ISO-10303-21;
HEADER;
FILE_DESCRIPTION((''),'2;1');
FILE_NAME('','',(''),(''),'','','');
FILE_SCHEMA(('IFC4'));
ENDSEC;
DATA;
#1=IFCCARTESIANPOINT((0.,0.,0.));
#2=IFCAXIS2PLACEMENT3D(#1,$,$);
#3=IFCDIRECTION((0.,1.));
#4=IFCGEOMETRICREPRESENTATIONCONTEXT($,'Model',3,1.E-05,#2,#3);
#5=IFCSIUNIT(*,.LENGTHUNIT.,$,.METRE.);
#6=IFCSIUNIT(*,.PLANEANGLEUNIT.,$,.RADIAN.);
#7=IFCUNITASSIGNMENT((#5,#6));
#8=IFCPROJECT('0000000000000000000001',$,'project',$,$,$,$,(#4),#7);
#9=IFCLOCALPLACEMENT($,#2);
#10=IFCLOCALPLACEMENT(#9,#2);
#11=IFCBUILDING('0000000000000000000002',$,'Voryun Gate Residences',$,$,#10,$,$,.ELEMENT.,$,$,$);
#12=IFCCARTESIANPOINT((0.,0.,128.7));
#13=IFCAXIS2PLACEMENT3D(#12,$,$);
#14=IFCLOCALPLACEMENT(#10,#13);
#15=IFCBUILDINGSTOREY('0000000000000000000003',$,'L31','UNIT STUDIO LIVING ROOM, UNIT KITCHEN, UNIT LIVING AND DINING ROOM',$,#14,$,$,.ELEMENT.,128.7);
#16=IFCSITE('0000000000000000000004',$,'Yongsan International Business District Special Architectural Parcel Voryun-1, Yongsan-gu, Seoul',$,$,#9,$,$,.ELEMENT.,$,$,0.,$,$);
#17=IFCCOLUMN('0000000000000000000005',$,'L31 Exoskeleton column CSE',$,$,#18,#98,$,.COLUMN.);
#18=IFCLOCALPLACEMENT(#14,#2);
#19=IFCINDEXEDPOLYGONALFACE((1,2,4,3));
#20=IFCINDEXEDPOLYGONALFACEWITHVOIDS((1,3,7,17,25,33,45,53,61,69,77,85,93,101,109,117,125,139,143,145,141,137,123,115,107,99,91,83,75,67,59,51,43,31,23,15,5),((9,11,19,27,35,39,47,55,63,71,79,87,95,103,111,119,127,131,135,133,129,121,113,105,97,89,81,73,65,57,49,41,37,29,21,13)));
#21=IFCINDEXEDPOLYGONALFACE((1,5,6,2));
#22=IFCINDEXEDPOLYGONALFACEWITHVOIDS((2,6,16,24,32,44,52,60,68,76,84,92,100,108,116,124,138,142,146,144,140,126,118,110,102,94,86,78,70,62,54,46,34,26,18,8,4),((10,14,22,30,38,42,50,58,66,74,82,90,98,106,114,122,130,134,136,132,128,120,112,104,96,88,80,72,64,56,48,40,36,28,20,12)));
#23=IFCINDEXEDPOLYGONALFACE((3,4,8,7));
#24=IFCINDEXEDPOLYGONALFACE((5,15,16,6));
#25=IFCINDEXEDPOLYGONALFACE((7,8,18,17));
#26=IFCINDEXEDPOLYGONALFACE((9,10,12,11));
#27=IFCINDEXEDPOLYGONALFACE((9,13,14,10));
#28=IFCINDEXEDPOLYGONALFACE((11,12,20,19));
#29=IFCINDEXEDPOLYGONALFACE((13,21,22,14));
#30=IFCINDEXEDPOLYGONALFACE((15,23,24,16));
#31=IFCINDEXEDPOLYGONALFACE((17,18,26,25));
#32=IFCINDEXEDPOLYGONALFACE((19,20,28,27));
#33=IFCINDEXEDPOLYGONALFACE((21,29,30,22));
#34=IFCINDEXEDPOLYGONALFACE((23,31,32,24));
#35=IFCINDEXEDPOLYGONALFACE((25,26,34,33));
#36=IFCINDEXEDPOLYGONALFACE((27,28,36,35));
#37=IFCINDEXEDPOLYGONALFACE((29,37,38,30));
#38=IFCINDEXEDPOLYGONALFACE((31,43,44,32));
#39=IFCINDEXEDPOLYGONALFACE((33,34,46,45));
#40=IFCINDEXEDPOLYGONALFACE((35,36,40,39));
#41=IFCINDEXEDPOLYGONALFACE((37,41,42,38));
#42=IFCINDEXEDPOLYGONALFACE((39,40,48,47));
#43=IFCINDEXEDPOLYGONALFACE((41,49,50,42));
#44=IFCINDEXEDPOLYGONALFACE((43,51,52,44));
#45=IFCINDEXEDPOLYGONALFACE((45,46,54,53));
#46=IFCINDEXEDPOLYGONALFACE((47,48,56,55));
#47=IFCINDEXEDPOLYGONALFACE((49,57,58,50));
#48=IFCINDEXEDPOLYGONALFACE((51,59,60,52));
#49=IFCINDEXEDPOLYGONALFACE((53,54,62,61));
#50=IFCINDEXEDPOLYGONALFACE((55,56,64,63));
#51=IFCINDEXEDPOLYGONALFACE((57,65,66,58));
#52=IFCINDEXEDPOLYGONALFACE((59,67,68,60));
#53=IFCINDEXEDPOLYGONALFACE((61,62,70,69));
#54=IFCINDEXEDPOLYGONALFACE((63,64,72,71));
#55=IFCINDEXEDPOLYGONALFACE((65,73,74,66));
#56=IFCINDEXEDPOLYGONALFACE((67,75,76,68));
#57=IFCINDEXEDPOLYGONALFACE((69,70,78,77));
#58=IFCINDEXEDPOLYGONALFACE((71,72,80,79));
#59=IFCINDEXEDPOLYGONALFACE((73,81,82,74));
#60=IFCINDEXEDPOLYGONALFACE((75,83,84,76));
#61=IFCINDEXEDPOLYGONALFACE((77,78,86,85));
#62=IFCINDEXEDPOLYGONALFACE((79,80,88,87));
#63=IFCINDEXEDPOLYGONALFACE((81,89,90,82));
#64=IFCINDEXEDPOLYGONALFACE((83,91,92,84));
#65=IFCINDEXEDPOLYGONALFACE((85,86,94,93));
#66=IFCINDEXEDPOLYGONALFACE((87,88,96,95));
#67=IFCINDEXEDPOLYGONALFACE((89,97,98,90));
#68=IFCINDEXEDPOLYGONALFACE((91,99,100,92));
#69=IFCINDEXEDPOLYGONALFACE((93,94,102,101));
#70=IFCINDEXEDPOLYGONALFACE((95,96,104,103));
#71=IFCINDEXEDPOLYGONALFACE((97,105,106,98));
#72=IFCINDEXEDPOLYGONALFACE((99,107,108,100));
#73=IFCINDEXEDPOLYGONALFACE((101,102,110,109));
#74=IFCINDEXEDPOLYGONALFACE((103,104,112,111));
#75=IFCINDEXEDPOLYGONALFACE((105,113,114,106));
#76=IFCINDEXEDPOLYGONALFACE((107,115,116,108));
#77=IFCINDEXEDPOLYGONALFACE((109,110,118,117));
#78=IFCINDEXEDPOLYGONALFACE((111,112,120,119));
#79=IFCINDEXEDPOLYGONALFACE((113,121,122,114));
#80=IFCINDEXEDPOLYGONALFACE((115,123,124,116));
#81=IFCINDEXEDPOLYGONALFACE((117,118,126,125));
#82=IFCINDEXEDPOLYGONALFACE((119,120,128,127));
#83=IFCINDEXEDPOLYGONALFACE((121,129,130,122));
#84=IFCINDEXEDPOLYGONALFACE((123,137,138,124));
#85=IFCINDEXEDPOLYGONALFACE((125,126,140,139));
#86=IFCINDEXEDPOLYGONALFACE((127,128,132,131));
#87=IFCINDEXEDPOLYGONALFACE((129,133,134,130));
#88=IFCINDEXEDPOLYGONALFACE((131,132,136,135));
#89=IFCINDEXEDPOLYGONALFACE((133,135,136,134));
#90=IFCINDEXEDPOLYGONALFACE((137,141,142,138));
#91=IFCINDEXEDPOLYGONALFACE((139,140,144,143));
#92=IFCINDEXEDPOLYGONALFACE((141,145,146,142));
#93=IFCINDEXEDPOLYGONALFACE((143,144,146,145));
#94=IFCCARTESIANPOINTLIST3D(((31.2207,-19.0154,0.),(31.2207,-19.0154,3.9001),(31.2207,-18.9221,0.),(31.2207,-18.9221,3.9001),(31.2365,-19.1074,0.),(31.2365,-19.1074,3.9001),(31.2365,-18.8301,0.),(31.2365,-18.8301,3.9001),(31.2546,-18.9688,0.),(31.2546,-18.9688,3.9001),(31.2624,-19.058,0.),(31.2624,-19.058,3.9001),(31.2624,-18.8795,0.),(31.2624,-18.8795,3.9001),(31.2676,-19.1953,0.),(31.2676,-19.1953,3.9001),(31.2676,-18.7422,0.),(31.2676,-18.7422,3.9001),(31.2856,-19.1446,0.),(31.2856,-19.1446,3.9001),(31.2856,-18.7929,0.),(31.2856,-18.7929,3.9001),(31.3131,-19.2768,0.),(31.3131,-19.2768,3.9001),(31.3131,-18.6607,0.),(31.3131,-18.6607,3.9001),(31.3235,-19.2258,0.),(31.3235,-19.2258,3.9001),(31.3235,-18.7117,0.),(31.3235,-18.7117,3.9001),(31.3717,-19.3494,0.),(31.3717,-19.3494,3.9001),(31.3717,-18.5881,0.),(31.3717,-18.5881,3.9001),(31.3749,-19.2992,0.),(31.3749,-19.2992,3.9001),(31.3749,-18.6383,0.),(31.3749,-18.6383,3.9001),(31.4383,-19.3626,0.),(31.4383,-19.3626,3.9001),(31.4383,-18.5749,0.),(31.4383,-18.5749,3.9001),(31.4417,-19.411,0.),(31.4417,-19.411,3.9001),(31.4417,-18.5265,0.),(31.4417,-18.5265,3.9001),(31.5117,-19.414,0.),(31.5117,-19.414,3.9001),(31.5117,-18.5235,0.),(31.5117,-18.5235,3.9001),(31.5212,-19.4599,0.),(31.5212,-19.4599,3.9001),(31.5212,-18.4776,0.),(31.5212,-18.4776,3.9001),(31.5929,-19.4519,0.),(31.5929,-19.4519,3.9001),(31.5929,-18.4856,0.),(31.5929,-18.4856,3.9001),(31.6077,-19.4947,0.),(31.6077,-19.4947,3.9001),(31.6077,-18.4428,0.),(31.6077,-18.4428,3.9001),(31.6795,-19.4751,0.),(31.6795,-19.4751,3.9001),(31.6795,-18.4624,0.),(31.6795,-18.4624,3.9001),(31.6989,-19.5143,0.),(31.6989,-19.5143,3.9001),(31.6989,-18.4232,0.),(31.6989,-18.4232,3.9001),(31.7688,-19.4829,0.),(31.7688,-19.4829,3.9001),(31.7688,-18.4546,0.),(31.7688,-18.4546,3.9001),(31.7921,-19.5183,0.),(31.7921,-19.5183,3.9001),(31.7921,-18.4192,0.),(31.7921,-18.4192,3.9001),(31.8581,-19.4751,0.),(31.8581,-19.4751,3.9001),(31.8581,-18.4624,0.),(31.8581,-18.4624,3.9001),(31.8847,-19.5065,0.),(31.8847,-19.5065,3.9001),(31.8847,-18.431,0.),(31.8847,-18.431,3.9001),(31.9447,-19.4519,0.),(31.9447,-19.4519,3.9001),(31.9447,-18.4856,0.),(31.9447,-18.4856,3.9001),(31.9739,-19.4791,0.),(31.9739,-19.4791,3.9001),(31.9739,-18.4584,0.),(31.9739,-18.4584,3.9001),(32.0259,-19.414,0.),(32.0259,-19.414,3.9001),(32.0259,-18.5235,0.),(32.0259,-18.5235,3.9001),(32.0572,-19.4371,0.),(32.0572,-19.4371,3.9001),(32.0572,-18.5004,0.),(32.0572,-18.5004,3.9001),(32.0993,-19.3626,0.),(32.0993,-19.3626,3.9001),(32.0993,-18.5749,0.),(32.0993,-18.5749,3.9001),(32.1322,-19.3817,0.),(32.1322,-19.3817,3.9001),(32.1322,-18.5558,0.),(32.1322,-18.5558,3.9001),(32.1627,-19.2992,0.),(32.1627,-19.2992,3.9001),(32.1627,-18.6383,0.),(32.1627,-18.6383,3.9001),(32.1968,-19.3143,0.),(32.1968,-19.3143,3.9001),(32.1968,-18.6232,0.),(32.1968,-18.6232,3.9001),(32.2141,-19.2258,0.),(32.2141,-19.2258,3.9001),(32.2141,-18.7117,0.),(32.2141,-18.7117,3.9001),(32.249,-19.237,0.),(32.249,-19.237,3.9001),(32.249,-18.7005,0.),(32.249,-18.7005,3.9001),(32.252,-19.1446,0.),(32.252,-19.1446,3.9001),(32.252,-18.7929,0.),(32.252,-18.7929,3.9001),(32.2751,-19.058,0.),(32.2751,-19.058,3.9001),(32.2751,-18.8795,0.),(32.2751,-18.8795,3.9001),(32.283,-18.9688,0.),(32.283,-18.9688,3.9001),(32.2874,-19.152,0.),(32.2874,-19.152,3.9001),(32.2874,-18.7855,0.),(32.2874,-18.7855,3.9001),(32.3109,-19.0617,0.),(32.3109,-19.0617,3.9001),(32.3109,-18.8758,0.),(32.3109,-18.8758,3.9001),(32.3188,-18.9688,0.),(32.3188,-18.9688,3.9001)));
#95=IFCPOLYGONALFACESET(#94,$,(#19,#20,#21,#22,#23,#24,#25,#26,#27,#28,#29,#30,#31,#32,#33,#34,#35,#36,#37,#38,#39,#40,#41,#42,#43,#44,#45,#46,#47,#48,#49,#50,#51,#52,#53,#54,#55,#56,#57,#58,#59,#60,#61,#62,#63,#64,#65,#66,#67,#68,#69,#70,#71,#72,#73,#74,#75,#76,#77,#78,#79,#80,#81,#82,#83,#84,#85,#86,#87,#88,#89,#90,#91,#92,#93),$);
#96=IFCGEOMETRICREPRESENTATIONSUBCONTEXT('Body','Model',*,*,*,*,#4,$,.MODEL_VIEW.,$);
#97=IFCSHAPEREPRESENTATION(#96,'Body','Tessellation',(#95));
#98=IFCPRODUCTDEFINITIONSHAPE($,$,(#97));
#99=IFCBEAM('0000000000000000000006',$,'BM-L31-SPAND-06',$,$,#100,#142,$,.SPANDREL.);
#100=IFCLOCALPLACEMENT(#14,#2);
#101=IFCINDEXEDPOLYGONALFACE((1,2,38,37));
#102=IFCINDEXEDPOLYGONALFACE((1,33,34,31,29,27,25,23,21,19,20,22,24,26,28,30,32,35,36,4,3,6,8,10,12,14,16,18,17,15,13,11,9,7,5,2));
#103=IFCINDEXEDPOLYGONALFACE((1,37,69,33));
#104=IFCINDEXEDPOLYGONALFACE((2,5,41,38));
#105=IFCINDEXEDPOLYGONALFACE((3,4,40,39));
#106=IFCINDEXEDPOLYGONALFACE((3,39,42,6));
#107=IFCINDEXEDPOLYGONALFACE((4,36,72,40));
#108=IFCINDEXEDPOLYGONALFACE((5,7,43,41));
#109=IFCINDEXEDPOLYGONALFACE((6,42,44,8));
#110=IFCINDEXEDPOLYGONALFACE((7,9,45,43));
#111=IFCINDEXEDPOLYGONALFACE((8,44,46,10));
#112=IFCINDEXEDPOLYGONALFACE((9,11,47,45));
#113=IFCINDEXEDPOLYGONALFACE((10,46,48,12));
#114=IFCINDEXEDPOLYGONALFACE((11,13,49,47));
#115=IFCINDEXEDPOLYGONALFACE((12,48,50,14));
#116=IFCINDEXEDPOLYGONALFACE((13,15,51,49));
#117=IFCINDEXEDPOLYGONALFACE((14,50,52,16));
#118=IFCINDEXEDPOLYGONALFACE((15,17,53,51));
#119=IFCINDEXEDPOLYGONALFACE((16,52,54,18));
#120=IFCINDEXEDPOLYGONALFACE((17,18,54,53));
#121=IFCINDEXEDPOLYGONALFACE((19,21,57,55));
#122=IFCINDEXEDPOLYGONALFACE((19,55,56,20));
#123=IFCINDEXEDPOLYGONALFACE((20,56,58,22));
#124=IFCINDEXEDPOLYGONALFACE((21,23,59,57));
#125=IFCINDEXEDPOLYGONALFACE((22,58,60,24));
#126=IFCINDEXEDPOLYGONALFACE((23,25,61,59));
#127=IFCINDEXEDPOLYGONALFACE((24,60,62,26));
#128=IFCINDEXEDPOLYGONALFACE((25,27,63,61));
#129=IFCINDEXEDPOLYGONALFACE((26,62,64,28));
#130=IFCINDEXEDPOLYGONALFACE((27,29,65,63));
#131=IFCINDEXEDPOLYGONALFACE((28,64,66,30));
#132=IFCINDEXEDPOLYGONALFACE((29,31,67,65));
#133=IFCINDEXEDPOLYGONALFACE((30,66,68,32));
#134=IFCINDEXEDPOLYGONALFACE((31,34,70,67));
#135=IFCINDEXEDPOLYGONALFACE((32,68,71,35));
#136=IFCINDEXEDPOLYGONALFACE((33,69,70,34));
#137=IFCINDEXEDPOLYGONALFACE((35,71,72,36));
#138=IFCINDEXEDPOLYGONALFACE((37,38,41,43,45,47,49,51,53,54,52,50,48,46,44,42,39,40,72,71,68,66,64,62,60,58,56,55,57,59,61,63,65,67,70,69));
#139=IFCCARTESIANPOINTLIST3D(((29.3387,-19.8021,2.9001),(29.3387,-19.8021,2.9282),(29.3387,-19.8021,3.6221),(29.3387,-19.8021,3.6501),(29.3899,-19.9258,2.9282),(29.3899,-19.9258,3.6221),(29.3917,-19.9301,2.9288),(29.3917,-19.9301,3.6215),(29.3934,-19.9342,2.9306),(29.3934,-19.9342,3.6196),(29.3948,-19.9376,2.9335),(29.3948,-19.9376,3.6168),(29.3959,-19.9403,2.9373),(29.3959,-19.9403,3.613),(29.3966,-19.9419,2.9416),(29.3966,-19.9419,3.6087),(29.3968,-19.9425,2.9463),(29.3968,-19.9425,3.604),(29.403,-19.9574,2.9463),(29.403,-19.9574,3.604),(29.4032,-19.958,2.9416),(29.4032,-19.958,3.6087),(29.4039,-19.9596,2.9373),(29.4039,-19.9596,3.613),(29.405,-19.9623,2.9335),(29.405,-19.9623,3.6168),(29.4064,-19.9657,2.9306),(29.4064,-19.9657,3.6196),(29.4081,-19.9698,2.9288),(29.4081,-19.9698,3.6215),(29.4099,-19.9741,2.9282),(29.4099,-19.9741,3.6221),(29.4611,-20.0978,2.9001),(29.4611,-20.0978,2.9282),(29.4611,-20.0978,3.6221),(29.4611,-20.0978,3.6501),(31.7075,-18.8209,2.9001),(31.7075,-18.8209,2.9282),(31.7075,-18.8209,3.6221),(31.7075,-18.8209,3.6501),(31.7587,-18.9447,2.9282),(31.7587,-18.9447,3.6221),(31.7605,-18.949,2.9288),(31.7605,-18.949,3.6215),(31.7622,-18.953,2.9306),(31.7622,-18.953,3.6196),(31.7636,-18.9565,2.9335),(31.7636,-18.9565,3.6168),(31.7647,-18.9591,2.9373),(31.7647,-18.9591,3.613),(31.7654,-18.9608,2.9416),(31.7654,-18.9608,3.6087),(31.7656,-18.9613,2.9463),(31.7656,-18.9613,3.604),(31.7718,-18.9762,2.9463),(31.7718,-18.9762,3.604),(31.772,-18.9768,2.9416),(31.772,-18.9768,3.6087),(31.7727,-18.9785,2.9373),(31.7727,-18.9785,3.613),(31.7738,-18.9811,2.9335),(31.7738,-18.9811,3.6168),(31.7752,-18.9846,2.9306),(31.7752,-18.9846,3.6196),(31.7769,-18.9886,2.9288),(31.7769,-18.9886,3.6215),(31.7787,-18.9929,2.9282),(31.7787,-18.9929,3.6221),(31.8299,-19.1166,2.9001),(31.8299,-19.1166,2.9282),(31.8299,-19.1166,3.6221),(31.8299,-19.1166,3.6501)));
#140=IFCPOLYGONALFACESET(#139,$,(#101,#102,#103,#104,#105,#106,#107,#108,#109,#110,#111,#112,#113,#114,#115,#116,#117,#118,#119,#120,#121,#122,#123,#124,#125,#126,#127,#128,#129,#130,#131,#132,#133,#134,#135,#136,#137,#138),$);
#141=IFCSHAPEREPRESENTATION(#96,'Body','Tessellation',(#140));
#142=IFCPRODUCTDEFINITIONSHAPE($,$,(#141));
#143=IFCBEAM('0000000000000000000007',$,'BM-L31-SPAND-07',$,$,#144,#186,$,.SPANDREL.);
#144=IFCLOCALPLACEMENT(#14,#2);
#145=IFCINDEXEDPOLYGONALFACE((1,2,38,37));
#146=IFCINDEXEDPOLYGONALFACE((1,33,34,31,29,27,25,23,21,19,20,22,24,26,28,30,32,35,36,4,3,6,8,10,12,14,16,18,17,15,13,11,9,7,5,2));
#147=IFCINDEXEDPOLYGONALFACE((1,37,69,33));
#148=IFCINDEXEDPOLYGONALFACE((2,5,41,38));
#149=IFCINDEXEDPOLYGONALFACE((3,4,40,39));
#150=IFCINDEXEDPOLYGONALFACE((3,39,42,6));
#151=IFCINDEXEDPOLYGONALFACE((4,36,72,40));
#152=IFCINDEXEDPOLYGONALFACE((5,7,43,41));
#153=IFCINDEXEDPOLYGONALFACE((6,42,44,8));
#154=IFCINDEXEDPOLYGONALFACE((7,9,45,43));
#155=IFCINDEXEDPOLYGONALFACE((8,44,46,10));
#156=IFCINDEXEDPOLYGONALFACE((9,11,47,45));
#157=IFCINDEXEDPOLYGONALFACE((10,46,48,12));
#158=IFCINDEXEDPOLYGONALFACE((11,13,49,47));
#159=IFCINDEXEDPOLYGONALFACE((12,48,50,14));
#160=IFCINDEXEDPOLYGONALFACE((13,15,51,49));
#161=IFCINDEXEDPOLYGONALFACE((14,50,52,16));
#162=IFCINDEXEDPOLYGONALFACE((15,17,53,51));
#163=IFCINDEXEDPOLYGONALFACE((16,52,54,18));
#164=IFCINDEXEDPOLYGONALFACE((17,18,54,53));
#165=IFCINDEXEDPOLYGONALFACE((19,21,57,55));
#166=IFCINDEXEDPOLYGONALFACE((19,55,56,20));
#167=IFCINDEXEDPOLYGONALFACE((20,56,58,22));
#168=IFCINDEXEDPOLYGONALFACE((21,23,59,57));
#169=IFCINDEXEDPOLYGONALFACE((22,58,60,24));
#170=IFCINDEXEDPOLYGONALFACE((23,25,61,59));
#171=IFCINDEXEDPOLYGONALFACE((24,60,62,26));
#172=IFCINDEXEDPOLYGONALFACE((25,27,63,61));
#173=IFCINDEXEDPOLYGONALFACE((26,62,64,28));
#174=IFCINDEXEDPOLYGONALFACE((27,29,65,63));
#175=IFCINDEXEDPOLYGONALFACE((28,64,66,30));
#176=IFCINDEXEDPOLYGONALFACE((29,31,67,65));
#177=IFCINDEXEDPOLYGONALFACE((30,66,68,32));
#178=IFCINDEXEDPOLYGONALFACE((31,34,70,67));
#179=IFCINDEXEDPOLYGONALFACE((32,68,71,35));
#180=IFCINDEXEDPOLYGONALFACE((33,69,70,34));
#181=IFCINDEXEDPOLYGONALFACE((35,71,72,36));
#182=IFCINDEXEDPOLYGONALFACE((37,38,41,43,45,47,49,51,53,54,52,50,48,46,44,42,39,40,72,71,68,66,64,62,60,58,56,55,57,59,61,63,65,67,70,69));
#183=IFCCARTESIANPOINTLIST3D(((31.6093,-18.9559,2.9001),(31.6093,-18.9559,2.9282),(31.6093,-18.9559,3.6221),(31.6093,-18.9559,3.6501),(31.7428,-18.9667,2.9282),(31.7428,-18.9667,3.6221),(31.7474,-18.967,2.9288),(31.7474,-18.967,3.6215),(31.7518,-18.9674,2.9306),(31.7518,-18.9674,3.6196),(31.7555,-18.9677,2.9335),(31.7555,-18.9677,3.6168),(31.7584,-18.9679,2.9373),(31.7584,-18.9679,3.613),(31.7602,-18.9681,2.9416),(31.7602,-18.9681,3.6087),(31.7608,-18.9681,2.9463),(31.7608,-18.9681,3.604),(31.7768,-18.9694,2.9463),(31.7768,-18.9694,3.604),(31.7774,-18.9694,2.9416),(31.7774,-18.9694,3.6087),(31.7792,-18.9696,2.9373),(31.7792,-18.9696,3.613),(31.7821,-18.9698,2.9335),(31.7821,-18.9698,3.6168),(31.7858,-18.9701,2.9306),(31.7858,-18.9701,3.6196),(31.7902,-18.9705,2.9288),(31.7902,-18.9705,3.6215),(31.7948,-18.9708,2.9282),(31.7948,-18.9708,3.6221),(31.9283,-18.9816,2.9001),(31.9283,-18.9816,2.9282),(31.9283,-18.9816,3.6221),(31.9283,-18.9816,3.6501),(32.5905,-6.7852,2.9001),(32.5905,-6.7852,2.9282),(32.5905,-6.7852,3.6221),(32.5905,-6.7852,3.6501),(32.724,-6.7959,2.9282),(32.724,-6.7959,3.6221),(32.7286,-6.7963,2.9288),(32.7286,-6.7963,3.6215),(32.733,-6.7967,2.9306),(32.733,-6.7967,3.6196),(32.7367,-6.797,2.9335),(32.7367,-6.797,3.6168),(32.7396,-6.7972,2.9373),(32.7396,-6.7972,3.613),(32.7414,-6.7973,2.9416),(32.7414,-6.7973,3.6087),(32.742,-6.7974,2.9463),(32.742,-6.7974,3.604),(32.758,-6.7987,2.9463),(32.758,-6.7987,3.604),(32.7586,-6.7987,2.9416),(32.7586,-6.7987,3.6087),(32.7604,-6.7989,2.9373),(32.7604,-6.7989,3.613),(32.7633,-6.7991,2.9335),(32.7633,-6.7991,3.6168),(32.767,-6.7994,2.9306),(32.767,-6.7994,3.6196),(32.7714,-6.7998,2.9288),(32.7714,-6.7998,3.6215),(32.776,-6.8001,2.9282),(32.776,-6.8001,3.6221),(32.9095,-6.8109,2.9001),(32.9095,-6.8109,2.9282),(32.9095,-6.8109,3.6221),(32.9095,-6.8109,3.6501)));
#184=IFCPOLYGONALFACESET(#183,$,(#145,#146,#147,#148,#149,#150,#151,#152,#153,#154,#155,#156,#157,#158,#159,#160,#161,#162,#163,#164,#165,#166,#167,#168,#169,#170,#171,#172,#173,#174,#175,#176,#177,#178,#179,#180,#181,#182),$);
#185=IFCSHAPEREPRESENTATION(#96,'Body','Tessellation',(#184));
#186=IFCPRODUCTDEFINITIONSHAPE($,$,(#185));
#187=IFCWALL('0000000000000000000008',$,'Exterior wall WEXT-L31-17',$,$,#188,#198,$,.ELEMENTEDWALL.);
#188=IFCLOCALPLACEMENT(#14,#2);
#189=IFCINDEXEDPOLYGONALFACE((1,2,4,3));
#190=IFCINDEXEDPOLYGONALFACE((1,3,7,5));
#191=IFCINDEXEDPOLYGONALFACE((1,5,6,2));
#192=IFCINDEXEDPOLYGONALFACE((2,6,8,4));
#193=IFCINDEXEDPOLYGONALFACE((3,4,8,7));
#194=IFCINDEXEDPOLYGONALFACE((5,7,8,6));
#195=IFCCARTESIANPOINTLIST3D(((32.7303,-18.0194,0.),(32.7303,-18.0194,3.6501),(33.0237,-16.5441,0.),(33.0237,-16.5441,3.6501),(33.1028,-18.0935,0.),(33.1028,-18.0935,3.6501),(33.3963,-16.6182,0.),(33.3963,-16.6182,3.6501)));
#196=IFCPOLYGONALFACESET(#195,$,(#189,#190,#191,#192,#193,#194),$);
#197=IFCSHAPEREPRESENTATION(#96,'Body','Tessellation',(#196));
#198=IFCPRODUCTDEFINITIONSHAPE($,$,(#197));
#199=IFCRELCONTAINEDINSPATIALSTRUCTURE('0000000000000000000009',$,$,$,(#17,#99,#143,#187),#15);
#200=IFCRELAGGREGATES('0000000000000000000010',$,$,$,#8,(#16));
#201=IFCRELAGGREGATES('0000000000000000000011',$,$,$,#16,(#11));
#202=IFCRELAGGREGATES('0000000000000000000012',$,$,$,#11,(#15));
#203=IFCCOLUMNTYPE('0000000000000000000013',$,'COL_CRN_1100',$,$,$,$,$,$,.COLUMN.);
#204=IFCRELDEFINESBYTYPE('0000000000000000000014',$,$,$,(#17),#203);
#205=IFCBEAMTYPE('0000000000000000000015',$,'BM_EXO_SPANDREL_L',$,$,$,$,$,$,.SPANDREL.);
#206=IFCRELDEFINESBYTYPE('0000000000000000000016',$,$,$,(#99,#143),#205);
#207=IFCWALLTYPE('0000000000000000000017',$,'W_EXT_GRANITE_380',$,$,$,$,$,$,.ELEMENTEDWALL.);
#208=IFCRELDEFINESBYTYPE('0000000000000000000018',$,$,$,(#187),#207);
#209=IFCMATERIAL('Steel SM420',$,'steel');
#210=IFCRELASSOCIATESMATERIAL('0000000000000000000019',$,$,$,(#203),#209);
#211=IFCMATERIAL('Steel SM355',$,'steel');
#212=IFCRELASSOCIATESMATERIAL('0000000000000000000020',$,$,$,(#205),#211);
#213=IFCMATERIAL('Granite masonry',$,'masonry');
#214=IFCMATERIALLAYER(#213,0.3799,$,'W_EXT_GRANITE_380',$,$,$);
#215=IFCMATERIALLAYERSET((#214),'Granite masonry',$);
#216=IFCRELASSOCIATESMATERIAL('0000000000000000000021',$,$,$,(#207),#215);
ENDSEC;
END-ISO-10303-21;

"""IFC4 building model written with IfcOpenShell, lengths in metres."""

from ifc_helpers import new_model, si_unit, direction, frame, frame_2d, origin, origin_2d, place, context, subcontext, project, spatial, rectangle, hollow_circle, i_section, extrude, material, layer, layer_set, material_profile, profile_set, type_object, element, save


model = new_model("IFC4")

# Units and contexts
model_context = context("Model", 3, precision=1e-05, world=origin(), true_north=direction((0.0, 1.0)))
body_context = subcontext(model_context, "Body", "Model", "MODEL_VIEW")
ifc_project = project(units=[si_unit("LENGTHUNIT", "METRE"), si_unit("PLANEANGLEUNIT", "RADIAN")], contexts=[model_context])

# Site, building, storey
site_placement = place(None, origin())
site = spatial("IfcSite", under=ifc_project, at=site_placement, Name="Yongsan International Business District Special Architectural Parcel Voryun-1, Yongsan-gu, Seoul", CompositionType="ELEMENT", RefElevation=0.0)
building_placement = place(site_placement, origin())
building = spatial("IfcBuilding", under=site, at=building_placement, Name="Voryun Gate Residences", CompositionType="ELEMENT")
storey_placement = place(building_placement, frame((0.0, 0.0, 128.7)))
storey = spatial("IfcBuildingStorey", under=building, at=storey_placement, Name="L31", Description="UNIT STUDIO LIVING ROOM, UNIT KITCHEN, UNIT LIVING AND DINING ROOM", CompositionType="ELEMENT", Elevation=128.7)

# Column
ifc_material_1 = material(Name="Steel SM420", Category="steel")
ifc_material_profile_1 = material_profile(ifc_material_1, hollow_circle(Radius=0.55, WallThickness=0.0359, at=origin_2d()), Name="CHS-1100x36")
ifc_profile_set_1 = profile_set([ifc_material_profile_1], Name="Steel SM420")
column_type = type_object("IfcColumnType", Name="COL_CRN_1100", PredefinedType="COLUMN", material=ifc_profile_set_1)
column_placement = place(storey_placement, frame((31.7688, -18.9688, 0.0), z_axis=(0.0, 0.0, 1.0), x_axis=(1.0, 0.0, 0.0)))
element("IfcColumn", 1, at=column_placement, inside=storey, type_object=column_type, Name="L31 Exoskeleton column CSE", PredefinedType="COLUMN", context=body_context, shape_type="SweptSolid", body=[
    extrude(hollow_circle(Radius=0.55, WallThickness=0.0359, at=origin_2d()), origin(), (0.0, 0.0, 1.0), 3.9001),
])

# Beams
ifc_material_2 = material(Name="Steel SM355", Category="steel")
ifc_material_profile_2 = material_profile(ifc_material_2, i_section(OverallWidth=0.3201, OverallDepth=0.75, WebThickness=0.0161, FlangeThickness=0.0281, FilletRadius=0.0181, at=origin_2d()), Name="H-750x320x16x28")
ifc_profile_set_2 = profile_set([ifc_material_profile_2], Name="Steel SM355")
beam_type = type_object("IfcBeamType", Name="BM_EXO_SPANDREL_L", PredefinedType="SPANDREL", material=ifc_profile_set_2)
beam_1_placement = place(storey_placement, frame((29.3999, -19.95, 3.2751), z_axis=(0.923883, 0.382674, 0.0), x_axis=(-0.382674, 0.923883, 0.0)))
element("IfcBeam", 2, at=beam_1_placement, inside=storey, type_object=beam_type, Name="BM-L31-SPAND-06", PredefinedType="SPANDREL", context=body_context, shape_type="SweptSolid", body=[
    extrude(i_section(OverallWidth=0.3201, OverallDepth=0.75, WebThickness=0.0161, FlangeThickness=0.0281, FilletRadius=0.0181, at=origin_2d()), origin(), (0.0, 0.0, 1.0), 2.564),
])
beam_2_placement = place(storey_placement, frame((31.7688, -18.9688, 3.2751), z_axis=(0.08036, 0.996766, 0.0), x_axis=(-0.996766, 0.08036, 0.0)))
element("IfcBeam", 3, at=beam_2_placement, inside=storey, type_object=beam_type, Name="BM-L31-SPAND-07", PredefinedType="SPANDREL", context=body_context, shape_type="SweptSolid", body=[
    extrude(i_section(OverallWidth=0.3201, OverallDepth=0.75, WebThickness=0.0161, FlangeThickness=0.0281, FilletRadius=0.0181, at=origin_2d()), origin(), (0.0, 0.0, 1.0), 12.2102),
])

# Wall
ifc_material_3 = material(Name="Granite masonry", Category="masonry")
ifc_layer_1 = layer(ifc_material_3, 0.3799, Name="W_EXT_GRANITE_380")
ifc_layer_set_1 = layer_set([ifc_layer_1], Name="Granite masonry")
wall_type_1 = type_object("IfcWallType", Name="W_EXT_GRANITE_380", PredefinedType="ELEMENTEDWALL", material=ifc_layer_set_1)
wall_1_placement = place(storey_placement, frame((33.21, -16.5813, 0.0), z_axis=(0.0, 0.0, 1.0), x_axis=(-0.195086, -0.980786, 0.0)))
element("IfcWall", 4, at=wall_1_placement, inside=storey, type_object=wall_type_1, Name="Exterior wall WEXT-L31-17", PredefinedType="ELEMENTEDWALL", context=body_context, shape_type="SweptSolid", body=[
    extrude(rectangle(XDim=1.5042, YDim=0.3799, at=frame_2d((0.752, 0.0))), origin(), (0.0, 0.0, 1.0), 3.6501),
])

save(model, "model.ifc")
